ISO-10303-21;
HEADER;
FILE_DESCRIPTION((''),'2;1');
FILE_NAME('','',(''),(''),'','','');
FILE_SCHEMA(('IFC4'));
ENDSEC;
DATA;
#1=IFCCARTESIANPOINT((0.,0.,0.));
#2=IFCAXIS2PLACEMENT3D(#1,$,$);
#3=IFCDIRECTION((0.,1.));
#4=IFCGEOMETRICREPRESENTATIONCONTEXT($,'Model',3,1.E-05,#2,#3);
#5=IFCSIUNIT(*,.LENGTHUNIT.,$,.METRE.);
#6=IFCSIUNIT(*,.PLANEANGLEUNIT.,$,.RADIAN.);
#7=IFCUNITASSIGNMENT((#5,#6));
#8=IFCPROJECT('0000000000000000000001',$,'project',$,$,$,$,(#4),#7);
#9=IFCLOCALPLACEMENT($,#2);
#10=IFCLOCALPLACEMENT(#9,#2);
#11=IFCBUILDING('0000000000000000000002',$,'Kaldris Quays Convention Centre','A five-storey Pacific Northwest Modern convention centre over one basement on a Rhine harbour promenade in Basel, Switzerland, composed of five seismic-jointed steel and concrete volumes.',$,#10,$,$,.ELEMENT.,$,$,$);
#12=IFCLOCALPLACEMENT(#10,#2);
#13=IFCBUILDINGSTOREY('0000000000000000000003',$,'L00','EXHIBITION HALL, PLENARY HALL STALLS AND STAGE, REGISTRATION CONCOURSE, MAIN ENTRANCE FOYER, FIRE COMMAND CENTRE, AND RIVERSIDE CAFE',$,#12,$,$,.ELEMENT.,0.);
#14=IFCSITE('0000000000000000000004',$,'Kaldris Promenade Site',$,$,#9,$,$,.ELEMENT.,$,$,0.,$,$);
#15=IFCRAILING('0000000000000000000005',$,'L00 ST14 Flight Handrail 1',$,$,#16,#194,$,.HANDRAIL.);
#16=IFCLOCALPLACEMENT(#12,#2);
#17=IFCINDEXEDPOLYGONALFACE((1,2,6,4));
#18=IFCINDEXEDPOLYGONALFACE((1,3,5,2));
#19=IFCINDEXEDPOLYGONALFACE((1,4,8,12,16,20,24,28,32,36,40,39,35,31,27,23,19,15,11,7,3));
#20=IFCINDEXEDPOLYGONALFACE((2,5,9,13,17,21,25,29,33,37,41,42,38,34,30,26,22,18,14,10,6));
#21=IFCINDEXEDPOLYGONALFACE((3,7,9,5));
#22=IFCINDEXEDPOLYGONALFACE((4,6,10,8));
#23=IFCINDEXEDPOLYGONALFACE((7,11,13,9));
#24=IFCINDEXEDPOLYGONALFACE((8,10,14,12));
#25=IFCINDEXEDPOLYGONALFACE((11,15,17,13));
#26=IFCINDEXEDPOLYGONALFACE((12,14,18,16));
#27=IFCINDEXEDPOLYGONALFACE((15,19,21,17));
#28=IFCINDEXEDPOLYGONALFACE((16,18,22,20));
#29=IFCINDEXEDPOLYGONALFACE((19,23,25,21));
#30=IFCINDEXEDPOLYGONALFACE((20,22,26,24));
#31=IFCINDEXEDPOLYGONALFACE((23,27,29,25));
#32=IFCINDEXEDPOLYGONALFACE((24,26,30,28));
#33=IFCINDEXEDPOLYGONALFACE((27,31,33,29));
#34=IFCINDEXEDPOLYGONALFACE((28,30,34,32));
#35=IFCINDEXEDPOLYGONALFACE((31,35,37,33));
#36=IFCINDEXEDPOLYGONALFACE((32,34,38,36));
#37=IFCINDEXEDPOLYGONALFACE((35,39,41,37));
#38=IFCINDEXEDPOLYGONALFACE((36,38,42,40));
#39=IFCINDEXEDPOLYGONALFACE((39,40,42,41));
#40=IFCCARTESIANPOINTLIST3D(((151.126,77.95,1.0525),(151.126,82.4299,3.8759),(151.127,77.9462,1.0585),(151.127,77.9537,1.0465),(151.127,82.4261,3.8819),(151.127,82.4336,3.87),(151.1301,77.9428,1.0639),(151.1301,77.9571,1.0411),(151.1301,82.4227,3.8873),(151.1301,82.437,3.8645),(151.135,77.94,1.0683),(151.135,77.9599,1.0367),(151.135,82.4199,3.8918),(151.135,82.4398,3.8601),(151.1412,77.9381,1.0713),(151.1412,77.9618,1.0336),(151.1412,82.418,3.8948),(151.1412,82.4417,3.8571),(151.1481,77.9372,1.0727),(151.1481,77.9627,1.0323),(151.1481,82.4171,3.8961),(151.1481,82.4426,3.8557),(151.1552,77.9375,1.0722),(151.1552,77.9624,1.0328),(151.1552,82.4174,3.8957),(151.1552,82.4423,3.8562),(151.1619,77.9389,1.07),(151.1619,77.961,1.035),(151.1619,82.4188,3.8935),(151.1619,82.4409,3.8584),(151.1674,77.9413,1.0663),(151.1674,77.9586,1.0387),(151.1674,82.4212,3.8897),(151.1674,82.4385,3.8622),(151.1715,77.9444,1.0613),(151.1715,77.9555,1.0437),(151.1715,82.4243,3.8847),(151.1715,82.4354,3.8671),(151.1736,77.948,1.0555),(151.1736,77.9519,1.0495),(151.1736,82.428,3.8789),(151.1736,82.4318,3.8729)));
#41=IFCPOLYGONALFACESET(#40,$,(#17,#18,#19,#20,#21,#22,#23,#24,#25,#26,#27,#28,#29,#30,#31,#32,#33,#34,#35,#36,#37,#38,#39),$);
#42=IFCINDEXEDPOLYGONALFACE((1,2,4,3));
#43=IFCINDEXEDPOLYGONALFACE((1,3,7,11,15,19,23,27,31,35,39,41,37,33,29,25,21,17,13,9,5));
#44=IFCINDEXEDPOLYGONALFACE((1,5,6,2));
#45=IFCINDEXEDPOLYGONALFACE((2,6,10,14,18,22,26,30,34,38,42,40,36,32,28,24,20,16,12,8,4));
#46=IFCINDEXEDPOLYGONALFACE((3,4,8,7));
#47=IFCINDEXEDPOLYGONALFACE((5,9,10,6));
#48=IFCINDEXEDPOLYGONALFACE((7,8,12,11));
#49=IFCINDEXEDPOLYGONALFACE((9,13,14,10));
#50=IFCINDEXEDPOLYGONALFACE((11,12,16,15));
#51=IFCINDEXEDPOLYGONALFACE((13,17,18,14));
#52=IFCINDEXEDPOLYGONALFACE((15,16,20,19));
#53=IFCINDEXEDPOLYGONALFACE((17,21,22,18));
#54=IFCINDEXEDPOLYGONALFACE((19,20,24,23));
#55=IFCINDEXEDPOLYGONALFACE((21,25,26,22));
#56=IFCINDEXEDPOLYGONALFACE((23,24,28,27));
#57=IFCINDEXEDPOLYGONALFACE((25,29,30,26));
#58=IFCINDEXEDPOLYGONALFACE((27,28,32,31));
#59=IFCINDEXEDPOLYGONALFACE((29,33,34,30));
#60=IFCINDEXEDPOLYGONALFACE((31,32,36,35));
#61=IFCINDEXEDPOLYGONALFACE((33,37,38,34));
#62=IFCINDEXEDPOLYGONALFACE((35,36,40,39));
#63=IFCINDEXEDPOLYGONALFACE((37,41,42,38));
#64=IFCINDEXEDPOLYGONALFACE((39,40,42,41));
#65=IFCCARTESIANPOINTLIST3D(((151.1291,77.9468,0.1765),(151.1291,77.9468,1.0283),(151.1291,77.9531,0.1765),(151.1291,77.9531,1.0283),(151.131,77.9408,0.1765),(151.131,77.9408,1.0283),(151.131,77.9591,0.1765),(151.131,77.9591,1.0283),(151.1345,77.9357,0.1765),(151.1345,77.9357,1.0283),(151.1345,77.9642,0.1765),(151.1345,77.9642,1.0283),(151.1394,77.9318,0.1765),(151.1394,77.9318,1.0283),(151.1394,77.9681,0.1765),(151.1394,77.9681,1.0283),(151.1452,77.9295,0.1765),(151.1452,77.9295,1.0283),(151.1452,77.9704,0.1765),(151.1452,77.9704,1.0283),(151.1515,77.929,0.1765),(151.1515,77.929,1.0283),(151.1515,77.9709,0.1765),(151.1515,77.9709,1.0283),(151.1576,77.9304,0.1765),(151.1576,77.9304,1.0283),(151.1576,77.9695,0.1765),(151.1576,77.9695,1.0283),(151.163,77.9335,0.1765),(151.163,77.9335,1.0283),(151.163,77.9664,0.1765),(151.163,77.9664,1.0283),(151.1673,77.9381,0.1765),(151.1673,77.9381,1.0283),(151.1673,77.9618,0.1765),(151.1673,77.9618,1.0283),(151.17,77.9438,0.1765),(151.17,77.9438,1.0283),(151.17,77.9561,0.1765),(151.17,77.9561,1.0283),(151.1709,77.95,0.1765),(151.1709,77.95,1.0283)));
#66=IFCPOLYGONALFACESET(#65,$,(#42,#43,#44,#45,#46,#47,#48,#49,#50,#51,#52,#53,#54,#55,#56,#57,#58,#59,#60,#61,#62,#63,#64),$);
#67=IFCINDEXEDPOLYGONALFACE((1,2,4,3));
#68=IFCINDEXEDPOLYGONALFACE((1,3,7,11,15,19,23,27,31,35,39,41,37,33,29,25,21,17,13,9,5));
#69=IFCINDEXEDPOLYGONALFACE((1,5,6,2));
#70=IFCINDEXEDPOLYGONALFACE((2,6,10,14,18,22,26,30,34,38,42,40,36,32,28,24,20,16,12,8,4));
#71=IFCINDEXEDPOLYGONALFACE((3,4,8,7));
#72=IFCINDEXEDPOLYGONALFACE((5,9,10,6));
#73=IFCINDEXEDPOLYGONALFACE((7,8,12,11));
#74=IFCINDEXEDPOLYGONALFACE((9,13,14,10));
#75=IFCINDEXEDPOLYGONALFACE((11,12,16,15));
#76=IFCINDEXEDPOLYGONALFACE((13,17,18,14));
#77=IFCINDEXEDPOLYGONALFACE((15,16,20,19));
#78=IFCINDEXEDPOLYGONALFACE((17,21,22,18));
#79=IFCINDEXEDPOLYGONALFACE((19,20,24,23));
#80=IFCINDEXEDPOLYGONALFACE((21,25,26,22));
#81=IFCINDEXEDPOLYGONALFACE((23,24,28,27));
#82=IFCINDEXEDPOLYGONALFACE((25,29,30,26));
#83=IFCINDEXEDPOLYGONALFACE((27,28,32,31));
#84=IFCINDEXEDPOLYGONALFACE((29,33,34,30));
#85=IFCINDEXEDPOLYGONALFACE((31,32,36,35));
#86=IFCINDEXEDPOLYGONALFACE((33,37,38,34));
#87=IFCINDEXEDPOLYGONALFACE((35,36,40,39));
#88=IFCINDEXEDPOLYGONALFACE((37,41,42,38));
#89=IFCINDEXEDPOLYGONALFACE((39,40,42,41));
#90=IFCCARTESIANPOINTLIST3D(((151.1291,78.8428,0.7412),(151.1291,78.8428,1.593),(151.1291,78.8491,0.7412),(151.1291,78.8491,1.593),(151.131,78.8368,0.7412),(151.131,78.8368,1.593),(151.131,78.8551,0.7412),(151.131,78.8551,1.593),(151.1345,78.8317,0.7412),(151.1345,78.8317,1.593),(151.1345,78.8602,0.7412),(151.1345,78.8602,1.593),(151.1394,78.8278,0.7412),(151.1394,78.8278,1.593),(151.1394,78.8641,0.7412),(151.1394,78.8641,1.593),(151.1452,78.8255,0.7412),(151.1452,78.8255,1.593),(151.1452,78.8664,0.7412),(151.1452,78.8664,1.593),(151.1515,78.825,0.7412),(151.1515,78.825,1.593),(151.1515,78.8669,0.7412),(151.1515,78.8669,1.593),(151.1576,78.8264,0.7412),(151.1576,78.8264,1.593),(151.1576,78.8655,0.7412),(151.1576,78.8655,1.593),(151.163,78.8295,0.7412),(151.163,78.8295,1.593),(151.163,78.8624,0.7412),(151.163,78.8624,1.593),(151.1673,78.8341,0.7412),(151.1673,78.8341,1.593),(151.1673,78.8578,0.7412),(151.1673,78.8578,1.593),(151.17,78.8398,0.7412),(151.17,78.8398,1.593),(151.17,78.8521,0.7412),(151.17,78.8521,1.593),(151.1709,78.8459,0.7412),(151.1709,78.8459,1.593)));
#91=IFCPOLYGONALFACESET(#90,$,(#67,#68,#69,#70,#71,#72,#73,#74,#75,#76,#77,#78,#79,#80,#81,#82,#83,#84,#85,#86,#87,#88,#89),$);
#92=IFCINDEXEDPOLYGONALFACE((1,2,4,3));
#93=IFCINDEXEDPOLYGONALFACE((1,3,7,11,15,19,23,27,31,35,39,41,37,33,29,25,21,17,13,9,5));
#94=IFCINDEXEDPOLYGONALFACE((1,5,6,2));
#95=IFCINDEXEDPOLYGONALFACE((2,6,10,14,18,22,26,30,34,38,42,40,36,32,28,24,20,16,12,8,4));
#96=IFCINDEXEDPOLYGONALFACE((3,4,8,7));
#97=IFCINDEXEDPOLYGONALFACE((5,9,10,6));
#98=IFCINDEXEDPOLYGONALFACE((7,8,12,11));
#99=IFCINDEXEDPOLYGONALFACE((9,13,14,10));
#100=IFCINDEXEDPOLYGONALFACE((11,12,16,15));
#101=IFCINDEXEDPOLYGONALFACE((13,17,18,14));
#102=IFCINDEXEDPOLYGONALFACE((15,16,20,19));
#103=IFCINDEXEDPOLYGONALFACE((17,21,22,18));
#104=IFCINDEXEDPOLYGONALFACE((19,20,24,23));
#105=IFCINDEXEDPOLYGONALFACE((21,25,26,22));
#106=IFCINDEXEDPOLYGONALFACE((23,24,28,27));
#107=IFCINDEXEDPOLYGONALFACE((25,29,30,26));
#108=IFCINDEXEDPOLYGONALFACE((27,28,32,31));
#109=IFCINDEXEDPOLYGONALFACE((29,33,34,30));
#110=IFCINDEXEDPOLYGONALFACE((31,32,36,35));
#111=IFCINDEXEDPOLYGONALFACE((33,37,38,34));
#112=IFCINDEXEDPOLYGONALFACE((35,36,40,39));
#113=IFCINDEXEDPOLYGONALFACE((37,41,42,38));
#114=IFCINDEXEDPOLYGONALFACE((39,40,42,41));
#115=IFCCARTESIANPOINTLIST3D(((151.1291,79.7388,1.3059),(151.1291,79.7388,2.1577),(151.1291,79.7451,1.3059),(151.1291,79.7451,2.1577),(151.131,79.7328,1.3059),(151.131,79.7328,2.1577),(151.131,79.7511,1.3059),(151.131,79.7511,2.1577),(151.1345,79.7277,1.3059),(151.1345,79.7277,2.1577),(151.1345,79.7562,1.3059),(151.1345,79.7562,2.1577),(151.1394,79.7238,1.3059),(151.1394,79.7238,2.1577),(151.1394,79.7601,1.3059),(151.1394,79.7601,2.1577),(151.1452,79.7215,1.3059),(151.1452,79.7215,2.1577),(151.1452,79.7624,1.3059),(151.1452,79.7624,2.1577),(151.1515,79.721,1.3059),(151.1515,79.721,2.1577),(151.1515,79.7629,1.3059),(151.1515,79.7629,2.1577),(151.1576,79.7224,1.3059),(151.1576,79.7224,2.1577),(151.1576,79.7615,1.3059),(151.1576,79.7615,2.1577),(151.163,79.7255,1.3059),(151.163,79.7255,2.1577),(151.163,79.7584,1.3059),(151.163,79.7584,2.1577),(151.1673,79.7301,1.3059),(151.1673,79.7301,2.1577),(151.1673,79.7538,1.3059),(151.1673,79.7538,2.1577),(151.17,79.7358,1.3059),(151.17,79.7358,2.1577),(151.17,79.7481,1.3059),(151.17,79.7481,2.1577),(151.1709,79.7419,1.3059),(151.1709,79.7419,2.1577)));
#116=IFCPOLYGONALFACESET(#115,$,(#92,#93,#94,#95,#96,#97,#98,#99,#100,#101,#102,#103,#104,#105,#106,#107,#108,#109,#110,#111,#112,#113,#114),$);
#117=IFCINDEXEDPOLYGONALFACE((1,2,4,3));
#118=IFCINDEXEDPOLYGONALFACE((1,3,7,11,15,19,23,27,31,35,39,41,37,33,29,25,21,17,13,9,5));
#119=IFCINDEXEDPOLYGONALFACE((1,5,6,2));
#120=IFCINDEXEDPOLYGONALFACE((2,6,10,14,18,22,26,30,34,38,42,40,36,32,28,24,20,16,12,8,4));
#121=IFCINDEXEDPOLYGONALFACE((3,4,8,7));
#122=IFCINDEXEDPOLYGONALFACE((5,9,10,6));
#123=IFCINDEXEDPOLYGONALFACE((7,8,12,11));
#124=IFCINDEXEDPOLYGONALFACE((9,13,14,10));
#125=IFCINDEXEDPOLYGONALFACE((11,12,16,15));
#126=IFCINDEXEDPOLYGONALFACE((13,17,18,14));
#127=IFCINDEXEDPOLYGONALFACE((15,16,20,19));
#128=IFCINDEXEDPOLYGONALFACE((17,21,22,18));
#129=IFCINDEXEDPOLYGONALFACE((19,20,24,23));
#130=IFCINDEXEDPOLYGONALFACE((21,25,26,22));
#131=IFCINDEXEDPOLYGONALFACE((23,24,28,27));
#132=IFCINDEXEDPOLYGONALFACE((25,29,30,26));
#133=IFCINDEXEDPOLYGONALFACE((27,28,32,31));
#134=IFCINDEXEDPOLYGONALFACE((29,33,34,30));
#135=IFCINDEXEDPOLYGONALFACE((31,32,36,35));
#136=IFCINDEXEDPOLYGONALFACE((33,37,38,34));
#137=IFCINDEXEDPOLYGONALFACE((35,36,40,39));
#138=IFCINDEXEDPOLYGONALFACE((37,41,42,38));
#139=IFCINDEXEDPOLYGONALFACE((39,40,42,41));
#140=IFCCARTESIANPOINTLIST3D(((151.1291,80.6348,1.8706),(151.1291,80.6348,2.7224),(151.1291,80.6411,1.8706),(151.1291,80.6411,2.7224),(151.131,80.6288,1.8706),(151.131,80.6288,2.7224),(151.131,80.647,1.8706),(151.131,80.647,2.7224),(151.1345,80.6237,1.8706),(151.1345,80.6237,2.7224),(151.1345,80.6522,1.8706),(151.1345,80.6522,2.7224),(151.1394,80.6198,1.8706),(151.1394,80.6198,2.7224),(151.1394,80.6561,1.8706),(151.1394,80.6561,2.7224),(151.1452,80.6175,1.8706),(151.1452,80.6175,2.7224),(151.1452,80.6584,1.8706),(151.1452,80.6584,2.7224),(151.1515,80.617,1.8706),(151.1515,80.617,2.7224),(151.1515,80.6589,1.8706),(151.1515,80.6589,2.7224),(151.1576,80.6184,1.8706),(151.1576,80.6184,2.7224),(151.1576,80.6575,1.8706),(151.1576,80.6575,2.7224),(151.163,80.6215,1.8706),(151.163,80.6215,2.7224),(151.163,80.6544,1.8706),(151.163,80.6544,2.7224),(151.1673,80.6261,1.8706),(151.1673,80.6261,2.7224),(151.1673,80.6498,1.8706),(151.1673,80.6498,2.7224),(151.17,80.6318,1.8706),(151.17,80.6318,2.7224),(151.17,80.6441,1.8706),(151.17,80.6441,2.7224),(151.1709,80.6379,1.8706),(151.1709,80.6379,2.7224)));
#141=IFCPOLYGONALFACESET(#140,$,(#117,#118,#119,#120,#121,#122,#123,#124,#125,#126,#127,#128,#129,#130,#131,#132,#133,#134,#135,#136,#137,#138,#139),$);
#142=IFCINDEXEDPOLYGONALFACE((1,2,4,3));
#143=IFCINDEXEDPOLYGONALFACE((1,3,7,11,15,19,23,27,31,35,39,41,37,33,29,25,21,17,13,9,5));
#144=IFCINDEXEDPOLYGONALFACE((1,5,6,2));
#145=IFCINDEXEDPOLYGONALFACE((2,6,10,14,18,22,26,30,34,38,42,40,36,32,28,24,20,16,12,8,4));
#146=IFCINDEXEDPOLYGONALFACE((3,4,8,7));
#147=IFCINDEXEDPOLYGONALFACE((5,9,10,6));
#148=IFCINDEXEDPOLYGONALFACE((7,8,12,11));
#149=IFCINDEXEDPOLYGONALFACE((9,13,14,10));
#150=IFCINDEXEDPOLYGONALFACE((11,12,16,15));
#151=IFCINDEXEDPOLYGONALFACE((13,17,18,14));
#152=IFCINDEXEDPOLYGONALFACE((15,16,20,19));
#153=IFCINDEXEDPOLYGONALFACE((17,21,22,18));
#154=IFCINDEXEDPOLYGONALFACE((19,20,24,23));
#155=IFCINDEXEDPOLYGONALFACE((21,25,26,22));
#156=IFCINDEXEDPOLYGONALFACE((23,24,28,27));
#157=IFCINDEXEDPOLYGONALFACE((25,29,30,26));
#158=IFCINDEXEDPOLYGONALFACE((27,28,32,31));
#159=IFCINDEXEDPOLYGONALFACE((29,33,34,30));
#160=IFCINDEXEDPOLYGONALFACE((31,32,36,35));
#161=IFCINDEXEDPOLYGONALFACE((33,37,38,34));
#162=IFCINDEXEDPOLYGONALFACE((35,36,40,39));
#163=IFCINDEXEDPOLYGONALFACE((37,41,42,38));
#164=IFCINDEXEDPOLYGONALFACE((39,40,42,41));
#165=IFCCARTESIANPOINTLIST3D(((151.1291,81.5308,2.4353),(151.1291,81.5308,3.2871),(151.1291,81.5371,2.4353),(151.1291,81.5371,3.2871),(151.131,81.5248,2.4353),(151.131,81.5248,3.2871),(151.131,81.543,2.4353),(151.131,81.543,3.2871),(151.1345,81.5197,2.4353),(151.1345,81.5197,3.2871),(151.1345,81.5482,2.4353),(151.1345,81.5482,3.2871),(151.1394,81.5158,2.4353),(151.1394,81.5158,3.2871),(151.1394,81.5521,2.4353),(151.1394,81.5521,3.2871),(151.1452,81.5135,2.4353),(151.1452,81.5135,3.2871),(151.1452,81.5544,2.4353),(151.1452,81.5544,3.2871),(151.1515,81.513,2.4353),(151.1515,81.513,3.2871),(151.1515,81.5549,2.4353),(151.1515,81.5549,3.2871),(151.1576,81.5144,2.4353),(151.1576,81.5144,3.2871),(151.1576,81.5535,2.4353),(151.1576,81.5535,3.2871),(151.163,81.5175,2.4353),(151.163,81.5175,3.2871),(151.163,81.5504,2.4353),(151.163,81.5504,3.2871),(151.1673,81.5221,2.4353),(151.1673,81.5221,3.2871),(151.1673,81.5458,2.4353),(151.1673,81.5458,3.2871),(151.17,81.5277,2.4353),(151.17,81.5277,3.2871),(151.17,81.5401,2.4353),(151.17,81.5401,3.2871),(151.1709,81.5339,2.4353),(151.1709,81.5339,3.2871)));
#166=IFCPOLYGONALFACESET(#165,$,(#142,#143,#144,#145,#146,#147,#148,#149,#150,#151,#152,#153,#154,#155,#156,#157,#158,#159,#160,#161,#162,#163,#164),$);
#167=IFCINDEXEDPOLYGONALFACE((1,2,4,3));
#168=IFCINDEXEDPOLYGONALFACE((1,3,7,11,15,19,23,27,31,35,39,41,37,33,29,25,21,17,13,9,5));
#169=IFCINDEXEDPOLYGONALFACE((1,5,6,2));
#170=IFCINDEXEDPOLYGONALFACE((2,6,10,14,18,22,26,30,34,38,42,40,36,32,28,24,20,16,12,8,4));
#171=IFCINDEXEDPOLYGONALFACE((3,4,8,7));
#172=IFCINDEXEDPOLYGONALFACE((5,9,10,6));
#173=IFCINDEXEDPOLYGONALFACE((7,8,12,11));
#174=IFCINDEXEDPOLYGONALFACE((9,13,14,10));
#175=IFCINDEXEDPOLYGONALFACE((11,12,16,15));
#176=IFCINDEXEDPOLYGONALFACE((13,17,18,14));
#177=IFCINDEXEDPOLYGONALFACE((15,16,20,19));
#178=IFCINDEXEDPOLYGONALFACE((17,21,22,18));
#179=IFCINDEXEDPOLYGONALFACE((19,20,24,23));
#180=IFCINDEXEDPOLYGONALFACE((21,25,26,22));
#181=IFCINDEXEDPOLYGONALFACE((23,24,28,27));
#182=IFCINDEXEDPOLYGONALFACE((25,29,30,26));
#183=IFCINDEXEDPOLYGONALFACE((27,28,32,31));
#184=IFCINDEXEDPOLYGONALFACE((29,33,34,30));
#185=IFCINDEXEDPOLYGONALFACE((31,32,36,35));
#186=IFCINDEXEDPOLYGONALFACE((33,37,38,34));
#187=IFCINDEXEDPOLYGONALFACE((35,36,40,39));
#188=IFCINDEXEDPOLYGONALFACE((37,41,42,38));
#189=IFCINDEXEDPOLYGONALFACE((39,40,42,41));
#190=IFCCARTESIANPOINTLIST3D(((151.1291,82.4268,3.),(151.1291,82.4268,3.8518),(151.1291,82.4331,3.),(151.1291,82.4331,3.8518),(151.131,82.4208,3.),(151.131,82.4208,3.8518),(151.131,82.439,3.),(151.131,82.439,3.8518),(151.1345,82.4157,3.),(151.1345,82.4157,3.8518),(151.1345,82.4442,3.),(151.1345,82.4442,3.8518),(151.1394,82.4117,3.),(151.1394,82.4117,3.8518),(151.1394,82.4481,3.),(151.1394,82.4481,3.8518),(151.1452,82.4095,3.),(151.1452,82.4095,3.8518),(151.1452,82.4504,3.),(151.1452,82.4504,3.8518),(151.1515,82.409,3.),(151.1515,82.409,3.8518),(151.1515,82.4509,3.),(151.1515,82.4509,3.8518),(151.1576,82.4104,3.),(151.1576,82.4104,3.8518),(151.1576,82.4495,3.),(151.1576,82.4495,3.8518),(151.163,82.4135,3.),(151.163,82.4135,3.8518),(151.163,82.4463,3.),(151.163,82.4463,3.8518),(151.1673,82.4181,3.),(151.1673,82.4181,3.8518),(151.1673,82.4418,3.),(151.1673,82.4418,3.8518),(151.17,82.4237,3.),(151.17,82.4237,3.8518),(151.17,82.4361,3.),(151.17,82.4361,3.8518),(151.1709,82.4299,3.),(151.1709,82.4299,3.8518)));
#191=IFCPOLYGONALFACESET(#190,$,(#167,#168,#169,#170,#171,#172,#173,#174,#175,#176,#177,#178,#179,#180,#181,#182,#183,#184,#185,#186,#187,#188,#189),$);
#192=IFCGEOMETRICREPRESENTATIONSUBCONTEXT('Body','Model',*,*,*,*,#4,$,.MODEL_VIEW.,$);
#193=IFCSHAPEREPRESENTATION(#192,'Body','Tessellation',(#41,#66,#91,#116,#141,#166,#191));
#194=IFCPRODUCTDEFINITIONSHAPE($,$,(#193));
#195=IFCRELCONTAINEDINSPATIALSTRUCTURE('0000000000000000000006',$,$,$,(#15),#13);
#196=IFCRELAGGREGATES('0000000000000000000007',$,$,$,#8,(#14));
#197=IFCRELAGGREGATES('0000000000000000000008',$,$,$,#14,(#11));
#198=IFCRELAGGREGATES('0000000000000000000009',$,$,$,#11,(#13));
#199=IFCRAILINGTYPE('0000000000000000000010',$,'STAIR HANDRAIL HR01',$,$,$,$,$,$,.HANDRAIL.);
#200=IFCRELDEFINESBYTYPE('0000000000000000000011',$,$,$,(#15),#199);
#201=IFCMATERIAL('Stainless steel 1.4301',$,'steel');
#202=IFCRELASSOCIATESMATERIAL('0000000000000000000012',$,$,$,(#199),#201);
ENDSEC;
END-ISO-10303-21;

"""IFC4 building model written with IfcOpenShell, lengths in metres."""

from ifc_helpers import new_model, si_unit, direction, frame, origin, origin_2d, place, context, subcontext, project, spatial, circle, extrude, material, type_object, element, save


model = new_model("IFC4")

# Units and contexts
model_context = context("Model", 3, precision=1e-05, world=origin(), true_north=direction((0.0, 1.0)))
body_context = subcontext(model_context, "Body", "Model", "MODEL_VIEW")
ifc_project = project(units=[si_unit("LENGTHUNIT", "METRE"), si_unit("PLANEANGLEUNIT", "RADIAN")], contexts=[model_context])

# Site, building, storey
site_placement = place(None, origin())
site = spatial("IfcSite", under=ifc_project, at=site_placement, Name="Kaldris Promenade Site", CompositionType="ELEMENT", RefElevation=0.0)
building_placement = place(site_placement, origin())
building = spatial("IfcBuilding", under=site, at=building_placement, Name="Kaldris Quays Convention Centre", Description="A five-storey Pacific Northwest Modern convention centre over one basement on a Rhine harbour promenade in Basel, Switzerland, composed of five seismic-jointed steel and concrete volumes.", CompositionType="ELEMENT")
storey_placement = place(building_placement, origin())
storey = spatial("IfcBuildingStorey", under=building, at=storey_placement, Name="L00", Description="EXHIBITION HALL, PLENARY HALL STALLS AND STAGE, REGISTRATION CONCOURSE, MAIN ENTRANCE FOYER, FIRE COMMAND CENTRE, AND RIVERSIDE CAFE", CompositionType="ELEMENT", Elevation=0.0)

# Railing
ifc_material_1 = material(Name="Stainless steel 1.4301", Category="steel")
railing_type_1 = type_object("IfcRailingType", Name="STAIR HANDRAIL HR01", PredefinedType="HANDRAIL", material=ifc_material_1)
railing_1_placement = place(storey_placement, frame((151.1499, 77.95, 0.1765)))
element("IfcRailing", 1, at=railing_1_placement, inside=storey, type_object=railing_type_1, Name="L00 ST14 Flight Handrail 1", PredefinedType="HANDRAIL", context=body_context, shape_type="SweptSolid", body=[
    extrude(circle(Radius=0.0239, at=origin_2d()), frame((0.0, 0.0, 0.876), z_axis=(0.0, 0.845998, 0.533186), x_axis=(-1.0, 0.0, 0.0)), (0.0, 0.0, 1.0), 5.2954),
    extrude(circle(Radius=0.021, at=origin_2d()), origin(), (0.0, 0.0, 1.0), 0.8518),
    extrude(circle(Radius=0.021, at=origin_2d()), frame((0.0, 0.896, 0.5647)), (0.0, 0.0, 1.0), 0.8518),
    extrude(circle(Radius=0.021, at=origin_2d()), frame((0.0, 1.792, 1.1294)), (0.0, 0.0, 1.0), 0.8518),
    extrude(circle(Radius=0.021, at=origin_2d()), frame((0.0, 2.688, 1.6941)), (0.0, 0.0, 1.0), 0.8518),
    extrude(circle(Radius=0.021, at=origin_2d()), frame((0.0, 3.584, 2.2588)), (0.0, 0.0, 1.0), 0.8518),
    extrude(circle(Radius=0.021, at=origin_2d()), frame((0.0, 4.48, 2.8235)), (0.0, 0.0, 1.0), 0.8518),
])

save(model, "model.ifc")
